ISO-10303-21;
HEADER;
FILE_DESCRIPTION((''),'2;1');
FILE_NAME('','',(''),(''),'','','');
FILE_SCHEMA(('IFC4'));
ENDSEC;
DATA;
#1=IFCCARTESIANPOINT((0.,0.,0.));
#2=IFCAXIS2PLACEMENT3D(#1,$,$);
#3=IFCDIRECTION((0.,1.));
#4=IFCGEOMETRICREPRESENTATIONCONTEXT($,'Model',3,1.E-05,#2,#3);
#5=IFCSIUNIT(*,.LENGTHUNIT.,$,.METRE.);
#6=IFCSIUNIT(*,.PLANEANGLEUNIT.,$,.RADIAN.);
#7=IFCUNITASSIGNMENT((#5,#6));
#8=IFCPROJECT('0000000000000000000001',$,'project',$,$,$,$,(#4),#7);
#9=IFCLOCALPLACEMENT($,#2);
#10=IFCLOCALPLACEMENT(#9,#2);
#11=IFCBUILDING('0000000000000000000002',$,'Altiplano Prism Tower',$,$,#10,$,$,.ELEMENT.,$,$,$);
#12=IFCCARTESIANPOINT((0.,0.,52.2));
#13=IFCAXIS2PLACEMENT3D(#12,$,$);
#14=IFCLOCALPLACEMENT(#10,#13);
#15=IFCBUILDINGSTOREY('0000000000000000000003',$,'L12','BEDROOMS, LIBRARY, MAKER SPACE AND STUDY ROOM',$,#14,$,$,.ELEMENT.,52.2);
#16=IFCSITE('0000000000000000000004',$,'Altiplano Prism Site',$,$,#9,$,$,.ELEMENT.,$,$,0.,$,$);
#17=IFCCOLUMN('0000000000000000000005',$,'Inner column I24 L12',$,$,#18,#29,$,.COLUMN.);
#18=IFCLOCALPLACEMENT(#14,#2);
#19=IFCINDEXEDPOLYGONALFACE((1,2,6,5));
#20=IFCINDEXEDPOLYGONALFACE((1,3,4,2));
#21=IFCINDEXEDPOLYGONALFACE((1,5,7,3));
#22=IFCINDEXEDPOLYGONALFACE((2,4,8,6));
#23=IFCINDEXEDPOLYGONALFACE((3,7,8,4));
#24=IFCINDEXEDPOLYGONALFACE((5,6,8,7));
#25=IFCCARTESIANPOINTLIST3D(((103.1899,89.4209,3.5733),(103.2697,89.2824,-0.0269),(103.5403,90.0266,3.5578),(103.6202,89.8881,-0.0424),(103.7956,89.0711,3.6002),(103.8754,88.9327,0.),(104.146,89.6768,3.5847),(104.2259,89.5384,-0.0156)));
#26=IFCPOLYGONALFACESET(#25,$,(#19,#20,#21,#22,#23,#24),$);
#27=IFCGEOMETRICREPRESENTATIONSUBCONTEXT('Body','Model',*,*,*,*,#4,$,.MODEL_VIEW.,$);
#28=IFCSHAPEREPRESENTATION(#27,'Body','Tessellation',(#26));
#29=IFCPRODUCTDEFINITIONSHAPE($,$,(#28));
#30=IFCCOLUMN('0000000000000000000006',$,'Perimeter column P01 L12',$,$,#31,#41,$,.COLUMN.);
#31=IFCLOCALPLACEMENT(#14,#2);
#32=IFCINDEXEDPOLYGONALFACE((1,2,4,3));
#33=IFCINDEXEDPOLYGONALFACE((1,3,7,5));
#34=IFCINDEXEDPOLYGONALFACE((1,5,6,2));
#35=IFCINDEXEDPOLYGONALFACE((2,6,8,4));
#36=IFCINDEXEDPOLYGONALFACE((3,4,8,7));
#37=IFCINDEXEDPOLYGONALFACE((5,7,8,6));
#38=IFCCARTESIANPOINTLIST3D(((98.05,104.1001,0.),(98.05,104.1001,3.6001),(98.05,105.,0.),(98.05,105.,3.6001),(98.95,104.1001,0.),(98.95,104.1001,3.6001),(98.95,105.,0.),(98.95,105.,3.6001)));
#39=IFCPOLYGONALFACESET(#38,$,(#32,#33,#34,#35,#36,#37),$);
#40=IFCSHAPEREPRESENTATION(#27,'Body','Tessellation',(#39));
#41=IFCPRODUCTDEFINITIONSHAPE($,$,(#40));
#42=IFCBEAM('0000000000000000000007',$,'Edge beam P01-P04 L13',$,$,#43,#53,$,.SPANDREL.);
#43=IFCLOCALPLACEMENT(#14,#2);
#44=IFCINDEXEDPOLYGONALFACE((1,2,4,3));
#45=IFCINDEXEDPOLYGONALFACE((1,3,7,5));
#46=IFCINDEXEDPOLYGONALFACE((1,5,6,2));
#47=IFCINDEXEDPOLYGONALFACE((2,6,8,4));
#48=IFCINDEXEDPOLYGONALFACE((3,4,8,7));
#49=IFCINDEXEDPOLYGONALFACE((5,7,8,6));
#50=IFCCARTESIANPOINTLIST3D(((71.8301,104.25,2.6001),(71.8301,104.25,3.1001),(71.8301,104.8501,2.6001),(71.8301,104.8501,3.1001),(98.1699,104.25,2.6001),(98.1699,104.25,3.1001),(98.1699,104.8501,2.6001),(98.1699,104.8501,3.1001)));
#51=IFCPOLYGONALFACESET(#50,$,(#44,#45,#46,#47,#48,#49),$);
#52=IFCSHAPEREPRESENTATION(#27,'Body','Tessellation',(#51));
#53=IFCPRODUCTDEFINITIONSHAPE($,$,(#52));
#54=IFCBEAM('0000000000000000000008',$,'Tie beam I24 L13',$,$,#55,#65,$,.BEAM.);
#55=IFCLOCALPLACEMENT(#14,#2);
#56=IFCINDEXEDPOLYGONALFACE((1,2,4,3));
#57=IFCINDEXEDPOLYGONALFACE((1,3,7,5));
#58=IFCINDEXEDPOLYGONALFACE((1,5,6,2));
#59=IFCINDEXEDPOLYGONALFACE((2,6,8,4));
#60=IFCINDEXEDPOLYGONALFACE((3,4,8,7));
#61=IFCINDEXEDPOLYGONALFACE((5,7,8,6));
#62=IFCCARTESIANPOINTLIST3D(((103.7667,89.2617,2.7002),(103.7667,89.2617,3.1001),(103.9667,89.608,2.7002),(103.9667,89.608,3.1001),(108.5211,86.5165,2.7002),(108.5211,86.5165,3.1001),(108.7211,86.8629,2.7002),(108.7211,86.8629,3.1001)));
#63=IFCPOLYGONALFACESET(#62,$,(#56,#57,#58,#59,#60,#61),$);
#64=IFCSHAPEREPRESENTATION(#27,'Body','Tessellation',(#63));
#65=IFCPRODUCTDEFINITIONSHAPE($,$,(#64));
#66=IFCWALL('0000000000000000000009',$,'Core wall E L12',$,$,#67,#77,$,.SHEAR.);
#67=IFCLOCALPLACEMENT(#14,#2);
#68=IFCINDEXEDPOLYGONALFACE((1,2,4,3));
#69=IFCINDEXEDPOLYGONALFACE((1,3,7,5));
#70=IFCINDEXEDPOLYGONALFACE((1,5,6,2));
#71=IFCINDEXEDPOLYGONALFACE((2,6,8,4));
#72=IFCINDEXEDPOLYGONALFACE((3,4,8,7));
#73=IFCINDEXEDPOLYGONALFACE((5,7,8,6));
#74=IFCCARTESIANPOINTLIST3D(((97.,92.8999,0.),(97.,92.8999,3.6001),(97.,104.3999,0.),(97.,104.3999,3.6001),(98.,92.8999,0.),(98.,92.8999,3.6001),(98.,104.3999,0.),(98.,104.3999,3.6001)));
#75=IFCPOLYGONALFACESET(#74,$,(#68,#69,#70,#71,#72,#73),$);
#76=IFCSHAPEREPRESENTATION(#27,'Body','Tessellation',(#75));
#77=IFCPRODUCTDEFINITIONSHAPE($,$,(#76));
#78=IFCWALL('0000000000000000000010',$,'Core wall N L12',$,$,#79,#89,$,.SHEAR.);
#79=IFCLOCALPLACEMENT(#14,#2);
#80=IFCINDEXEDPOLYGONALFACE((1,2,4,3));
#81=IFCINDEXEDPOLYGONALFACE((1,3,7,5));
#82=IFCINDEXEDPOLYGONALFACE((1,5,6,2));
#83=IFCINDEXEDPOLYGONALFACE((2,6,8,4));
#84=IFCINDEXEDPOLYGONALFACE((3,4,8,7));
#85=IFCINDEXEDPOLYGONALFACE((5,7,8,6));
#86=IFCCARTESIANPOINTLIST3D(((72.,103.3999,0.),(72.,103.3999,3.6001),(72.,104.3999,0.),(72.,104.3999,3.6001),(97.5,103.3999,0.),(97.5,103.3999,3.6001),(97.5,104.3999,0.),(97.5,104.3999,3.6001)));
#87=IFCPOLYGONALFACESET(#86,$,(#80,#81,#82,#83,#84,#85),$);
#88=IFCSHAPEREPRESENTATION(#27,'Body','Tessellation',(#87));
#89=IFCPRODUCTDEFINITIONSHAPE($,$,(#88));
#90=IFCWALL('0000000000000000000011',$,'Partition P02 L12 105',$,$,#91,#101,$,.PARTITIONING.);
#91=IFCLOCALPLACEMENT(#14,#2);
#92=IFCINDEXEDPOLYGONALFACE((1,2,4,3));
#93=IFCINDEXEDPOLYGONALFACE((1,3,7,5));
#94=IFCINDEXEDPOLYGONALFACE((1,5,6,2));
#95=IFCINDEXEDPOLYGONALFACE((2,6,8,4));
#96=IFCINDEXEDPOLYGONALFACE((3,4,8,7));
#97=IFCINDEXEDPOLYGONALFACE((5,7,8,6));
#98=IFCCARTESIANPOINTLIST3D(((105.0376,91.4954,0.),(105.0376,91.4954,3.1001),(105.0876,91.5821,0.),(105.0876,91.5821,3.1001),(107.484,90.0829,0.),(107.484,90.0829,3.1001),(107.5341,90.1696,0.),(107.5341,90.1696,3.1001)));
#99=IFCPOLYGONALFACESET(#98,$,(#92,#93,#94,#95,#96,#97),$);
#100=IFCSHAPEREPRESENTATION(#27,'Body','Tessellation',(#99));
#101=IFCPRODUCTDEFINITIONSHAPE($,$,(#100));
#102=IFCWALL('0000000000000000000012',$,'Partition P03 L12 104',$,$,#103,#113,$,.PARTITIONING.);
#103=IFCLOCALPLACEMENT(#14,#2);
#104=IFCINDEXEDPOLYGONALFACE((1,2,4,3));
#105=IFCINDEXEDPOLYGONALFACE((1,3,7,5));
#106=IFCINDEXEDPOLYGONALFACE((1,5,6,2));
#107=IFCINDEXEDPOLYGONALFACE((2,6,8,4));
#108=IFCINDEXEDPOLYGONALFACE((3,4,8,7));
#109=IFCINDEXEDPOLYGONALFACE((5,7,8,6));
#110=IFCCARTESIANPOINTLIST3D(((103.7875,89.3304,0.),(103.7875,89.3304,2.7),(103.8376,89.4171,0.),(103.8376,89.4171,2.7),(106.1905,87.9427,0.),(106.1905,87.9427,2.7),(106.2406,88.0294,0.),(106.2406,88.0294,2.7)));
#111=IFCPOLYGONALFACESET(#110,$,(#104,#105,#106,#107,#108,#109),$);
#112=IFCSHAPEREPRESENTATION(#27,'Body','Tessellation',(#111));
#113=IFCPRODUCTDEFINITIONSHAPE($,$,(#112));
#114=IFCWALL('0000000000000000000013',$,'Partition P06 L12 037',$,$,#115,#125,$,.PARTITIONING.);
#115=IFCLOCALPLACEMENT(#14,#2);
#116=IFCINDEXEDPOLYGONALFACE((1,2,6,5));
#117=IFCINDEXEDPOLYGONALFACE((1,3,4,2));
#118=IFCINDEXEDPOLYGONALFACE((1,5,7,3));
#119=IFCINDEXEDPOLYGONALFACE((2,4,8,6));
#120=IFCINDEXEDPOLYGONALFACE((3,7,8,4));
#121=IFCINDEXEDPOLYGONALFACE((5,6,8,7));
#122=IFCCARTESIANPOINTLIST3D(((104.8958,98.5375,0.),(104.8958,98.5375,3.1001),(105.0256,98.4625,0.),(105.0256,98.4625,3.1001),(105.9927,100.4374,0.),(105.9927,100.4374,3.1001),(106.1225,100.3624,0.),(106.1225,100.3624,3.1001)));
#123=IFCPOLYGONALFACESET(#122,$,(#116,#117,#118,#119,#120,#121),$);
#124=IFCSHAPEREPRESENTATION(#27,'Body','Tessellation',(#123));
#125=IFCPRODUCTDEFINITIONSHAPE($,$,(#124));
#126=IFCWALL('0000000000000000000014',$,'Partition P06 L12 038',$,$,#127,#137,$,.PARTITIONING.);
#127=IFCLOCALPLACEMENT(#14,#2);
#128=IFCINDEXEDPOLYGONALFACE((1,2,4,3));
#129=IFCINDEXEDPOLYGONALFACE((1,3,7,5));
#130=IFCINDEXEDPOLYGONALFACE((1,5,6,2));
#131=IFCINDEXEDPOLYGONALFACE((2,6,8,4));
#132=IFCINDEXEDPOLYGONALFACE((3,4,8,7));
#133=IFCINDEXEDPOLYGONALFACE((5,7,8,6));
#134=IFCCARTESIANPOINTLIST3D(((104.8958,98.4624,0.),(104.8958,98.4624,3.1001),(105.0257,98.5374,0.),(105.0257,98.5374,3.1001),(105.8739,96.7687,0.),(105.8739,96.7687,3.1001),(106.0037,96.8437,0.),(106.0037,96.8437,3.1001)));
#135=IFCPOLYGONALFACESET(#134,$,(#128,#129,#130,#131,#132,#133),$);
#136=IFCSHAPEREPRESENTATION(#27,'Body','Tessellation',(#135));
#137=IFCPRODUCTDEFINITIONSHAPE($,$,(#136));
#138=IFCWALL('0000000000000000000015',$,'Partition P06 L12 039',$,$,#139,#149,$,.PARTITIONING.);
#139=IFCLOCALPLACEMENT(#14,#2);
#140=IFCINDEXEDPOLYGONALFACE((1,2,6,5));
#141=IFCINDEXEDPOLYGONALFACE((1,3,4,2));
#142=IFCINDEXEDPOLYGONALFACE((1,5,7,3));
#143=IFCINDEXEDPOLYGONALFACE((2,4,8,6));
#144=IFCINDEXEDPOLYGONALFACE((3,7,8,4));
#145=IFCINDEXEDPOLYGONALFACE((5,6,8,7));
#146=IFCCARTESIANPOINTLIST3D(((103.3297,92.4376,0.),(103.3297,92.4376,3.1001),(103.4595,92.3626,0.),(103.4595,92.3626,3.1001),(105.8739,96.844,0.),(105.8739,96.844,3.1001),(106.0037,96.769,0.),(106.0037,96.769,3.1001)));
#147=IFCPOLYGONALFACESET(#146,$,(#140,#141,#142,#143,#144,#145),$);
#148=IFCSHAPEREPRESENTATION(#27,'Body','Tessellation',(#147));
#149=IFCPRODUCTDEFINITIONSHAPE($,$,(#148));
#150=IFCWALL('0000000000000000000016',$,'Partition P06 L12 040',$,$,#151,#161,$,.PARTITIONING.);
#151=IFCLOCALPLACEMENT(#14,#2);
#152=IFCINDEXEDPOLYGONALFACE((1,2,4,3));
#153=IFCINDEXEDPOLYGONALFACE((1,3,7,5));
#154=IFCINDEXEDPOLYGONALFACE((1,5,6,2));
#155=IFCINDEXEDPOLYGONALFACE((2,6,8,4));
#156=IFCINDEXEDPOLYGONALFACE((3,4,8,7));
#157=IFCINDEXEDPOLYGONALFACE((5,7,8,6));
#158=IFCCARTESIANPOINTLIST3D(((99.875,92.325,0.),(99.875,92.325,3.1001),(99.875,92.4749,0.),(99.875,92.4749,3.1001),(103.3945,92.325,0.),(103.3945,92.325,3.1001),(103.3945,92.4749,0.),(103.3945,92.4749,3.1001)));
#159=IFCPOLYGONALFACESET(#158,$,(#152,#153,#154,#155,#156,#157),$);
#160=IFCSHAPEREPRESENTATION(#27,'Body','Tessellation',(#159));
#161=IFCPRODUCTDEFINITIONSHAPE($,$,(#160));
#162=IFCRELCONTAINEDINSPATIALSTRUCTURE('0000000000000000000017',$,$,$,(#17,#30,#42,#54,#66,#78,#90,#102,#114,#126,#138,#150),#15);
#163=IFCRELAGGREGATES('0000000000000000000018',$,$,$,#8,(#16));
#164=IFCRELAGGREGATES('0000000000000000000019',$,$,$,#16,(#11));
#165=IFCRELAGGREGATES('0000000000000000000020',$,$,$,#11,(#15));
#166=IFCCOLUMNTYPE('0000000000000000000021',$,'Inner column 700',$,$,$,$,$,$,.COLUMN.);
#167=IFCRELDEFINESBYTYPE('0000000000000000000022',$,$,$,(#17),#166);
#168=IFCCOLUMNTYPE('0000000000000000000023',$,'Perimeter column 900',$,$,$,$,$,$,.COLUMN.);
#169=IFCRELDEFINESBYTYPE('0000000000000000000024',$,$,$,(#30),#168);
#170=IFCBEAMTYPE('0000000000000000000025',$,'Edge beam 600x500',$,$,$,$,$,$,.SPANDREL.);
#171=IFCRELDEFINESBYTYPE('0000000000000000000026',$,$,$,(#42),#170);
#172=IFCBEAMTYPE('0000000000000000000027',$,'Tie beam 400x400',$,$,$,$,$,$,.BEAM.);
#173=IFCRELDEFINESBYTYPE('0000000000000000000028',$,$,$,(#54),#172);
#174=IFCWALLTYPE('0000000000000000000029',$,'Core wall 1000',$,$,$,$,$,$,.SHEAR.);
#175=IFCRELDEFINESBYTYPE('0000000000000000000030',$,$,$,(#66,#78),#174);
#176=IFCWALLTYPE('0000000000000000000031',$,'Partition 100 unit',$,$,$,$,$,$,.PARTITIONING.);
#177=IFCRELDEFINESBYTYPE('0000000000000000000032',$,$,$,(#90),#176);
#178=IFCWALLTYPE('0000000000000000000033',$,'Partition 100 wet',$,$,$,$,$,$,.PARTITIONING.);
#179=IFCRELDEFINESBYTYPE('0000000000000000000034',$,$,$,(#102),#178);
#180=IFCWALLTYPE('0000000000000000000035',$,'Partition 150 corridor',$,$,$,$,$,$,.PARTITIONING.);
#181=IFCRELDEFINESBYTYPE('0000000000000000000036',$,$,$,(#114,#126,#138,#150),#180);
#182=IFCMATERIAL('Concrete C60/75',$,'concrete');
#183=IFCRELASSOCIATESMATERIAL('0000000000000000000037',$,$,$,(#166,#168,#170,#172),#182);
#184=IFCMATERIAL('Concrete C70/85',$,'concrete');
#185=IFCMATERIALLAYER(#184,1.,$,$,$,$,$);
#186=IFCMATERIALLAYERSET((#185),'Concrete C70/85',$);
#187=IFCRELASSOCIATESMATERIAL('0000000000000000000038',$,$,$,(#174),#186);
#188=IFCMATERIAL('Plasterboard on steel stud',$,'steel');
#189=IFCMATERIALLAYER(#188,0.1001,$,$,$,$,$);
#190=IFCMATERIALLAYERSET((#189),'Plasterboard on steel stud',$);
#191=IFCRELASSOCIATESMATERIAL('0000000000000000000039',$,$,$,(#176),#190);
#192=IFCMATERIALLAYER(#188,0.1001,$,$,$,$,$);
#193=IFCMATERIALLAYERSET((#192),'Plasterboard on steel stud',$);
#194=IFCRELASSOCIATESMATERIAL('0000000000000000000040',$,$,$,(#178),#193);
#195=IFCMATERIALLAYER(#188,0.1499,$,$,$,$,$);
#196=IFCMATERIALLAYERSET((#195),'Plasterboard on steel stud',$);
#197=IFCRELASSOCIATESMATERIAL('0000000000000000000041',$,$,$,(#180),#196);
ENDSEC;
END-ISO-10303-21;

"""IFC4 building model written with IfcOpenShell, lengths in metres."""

from ifc_helpers import new_model, si_unit, direction, frame, frame_2d, origin, origin_2d, place, context, subcontext, project, spatial, rectangle, extrude, material, layer, layer_set, material_profile, profile_set, type_object, element, save


model = new_model("IFC4")

# Units and contexts
model_context = context("Model", 3, precision=1e-05, world=origin(), true_north=direction((0.0, 1.0)))
body_context = subcontext(model_context, "Body", "Model", "MODEL_VIEW")
ifc_project = project(units=[si_unit("LENGTHUNIT", "METRE"), si_unit("PLANEANGLEUNIT", "RADIAN")], contexts=[model_context])

# Site, building, storey
site_placement = place(None, origin())
site = spatial("IfcSite", under=ifc_project, at=site_placement, Name="Altiplano Prism Site", CompositionType="ELEMENT", RefElevation=0.0)
building_placement = place(site_placement, origin())
building = spatial("IfcBuilding", under=site, at=building_placement, Name="Altiplano Prism Tower", CompositionType="ELEMENT")
storey_placement = place(building_placement, frame((0.0, 0.0, 52.2)))
storey = spatial("IfcBuildingStorey", under=building, at=storey_placement, Name="L12", Description="BEDROOMS, LIBRARY, MAKER SPACE AND STUDY ROOM", CompositionType="ELEMENT", Elevation=52.2)

# Columns
ifc_material_1 = material(Name="Concrete C60/75", Category="concrete")
ifc_material_profile_1 = material_profile(ifc_material_1, rectangle(XDim=0.7, YDim=0.7, at=origin_2d()), Name="Inner column 700")
ifc_profile_set_1 = profile_set([ifc_material_profile_1], Name="Concrete C60/75")
column_type_1 = type_object("IfcColumnType", Name="Inner column 700", PredefinedType="COLUMN", material=ifc_profile_set_1)
column_1_placement = place(storey_placement, frame((103.7478, 89.4104, -0.0212), z_axis=(-0.022154, 0.038413, 0.999016), x_axis=(-0.50066, -0.86536, 0.022172)))
element("IfcColumn", 1, at=column_1_placement, inside=storey, type_object=column_type_1, Name="Inner column I24 L12", PredefinedType="COLUMN", context=body_context, shape_type="SweptSolid", body=[
    extrude(rectangle(XDim=0.7, YDim=0.7, at=origin_2d()), origin(), (0.0, 0.0, 1.0), 3.6038),
])
ifc_material_profile_2 = material_profile(ifc_material_1, rectangle(XDim=0.8999, YDim=0.8999, at=origin_2d()), Name="Perimeter column 900")
ifc_profile_set_2 = profile_set([ifc_material_profile_2], Name="Concrete C60/75")
column_type_2 = type_object("IfcColumnType", Name="Perimeter column 900", PredefinedType="COLUMN", material=ifc_profile_set_2)
column_2_placement = place(storey_placement, frame((98.5, 104.55, 0.0), z_axis=(0.0, 0.0, 1.0), x_axis=(1.0, 0.0, 0.0)))
element("IfcColumn", 2, at=column_2_placement, inside=storey, type_object=column_type_2, Name="Perimeter column P01 L12", PredefinedType="COLUMN", context=body_context, shape_type="SweptSolid", body=[
    extrude(rectangle(XDim=0.8999, YDim=0.8999, at=origin_2d()), origin(), (0.0, 0.0, 1.0), 3.6001),
])

# Beams
ifc_material_profile_3 = material_profile(ifc_material_1, rectangle(XDim=0.6001, YDim=0.5, at=origin_2d()), Name="Edge beam 600x500")
ifc_profile_set_3 = profile_set([ifc_material_profile_3], Name="Concrete C60/75")
beam_type_1 = type_object("IfcBeamType", Name="Edge beam 600x500", PredefinedType="SPANDREL", material=ifc_profile_set_3)
beam_1_placement = place(storey_placement, frame((98.1699, 104.55, 2.8501), z_axis=(-1.0, 0.0, 0.0), x_axis=(0.0, -1.0, 0.0)))
element("IfcBeam", 3, at=beam_1_placement, inside=storey, type_object=beam_type_1, Name="Edge beam P01-P04 L13", PredefinedType="SPANDREL", context=body_context, shape_type="SweptSolid", body=[
    extrude(rectangle(XDim=0.6001, YDim=0.5, at=origin_2d()), origin(), (0.0, 0.0, 1.0), 26.3398),
])
ifc_material_profile_4 = material_profile(ifc_material_1, rectangle(XDim=0.3999, YDim=0.3999, at=origin_2d()), Name="Tie beam 400x400")
ifc_profile_set_4 = profile_set([ifc_material_profile_4], Name="Concrete C60/75")
beam_type_2 = type_object("IfcBeamType", Name="Tie beam 400x400", PredefinedType="BEAM", material=ifc_profile_set_4)
beam_2_placement = place(storey_placement, frame((103.8667, 89.4348, 2.9001), z_axis=(0.866012, -0.500023, 0.0), x_axis=(0.500023, 0.866012, 0.0)))
element("IfcBeam", 4, at=beam_2_placement, inside=storey, type_object=beam_type_2, Name="Tie beam I24 L13", PredefinedType="BEAM", context=body_context, shape_type="SweptSolid", body=[
    extrude(rectangle(XDim=0.3999, YDim=0.3999, at=origin_2d()), origin(), (0.0, 0.0, 1.0), 5.49),
])

# Walls
ifc_material_2 = material(Name="Concrete C70/85", Category="concrete")
ifc_layer_1 = layer(ifc_material_2, 1.0)
ifc_layer_set_1 = layer_set([ifc_layer_1], Name="Concrete C70/85")
wall_type_1 = type_object("IfcWallType", Name="Core wall 1000", PredefinedType="SHEAR", material=ifc_layer_set_1)
wall_1_placement = place(storey_placement, frame((97.5, 92.8999, 0.0), z_axis=(0.0, 0.0, 1.0), x_axis=(0.0, 1.0, 0.0)))
element("IfcWall", 5, at=wall_1_placement, inside=storey, type_object=wall_type_1, Name="Core wall E L12", PredefinedType="SHEAR", context=body_context, shape_type="SweptSolid", body=[
    extrude(rectangle(XDim=11.5, YDim=1.0, at=frame_2d((5.75, 0.0))), origin(), (0.0, 0.0, 1.0), 3.6001),
])
wall_2_placement = place(storey_placement, frame((97.5, 103.8999, 0.0), z_axis=(0.0, 0.0, 1.0), x_axis=(-1.0, 0.0, 0.0)))
element("IfcWall", 6, at=wall_2_placement, inside=storey, type_object=wall_type_1, Name="Core wall N L12", PredefinedType="SHEAR", context=body_context, shape_type="SweptSolid", body=[
    extrude(rectangle(XDim=25.5, YDim=1.0, at=frame_2d((12.75, 0.0))), origin(), (0.0, 0.0, 1.0), 3.6001),
])
ifc_material_3 = material(Name="Plasterboard on steel stud", Category="steel")
ifc_layer_2 = layer(ifc_material_3, 0.1001)
ifc_layer_set_2 = layer_set([ifc_layer_2], Name="Plasterboard on steel stud")
wall_type_2 = type_object("IfcWallType", Name="Partition 100 unit", PredefinedType="PARTITIONING", material=ifc_layer_set_2)
wall_3_placement = place(storey_placement, frame((105.0625, 91.5388, 0.0), z_axis=(0.0, 0.0, 1.0), x_axis=(0.866011, -0.500024, 0.0)))
element("IfcWall", 7, at=wall_3_placement, inside=storey, type_object=wall_type_2, Name="Partition P02 L12 105", PredefinedType="PARTITIONING", context=body_context, shape_type="SweptSolid", body=[
    extrude(rectangle(XDim=2.825, YDim=0.1001, at=frame_2d((1.4126, 0.0))), origin(), (0.0, 0.0, 1.0), 3.1001),
])
ifc_layer_3 = layer(ifc_material_3, 0.1001)
ifc_layer_set_3 = layer_set([ifc_layer_3], Name="Plasterboard on steel stud")
wall_type_3 = type_object("IfcWallType", Name="Partition 100 wet", PredefinedType="PARTITIONING", material=ifc_layer_set_3)
wall_4_placement = place(storey_placement, frame((106.2156, 87.9861, 0.0), z_axis=(0.0, 0.0, 1.0), x_axis=(-0.865982, 0.500075, 0.0)))
element("IfcWall", 8, at=wall_4_placement, inside=storey, type_object=wall_type_3, Name="Partition P03 L12 104", PredefinedType="PARTITIONING", context=body_context, shape_type="SweptSolid", body=[
    extrude(rectangle(XDim=2.7749, YDim=0.1001, at=frame_2d((1.3875, 0.0))), origin(), (0.0, 0.0, 1.0), 2.7),
])
ifc_layer_4 = layer(ifc_material_3, 0.1499)
ifc_layer_set_4 = layer_set([ifc_layer_4], Name="Plasterboard on steel stud")
wall_type_4 = type_object("IfcWallType", Name="Partition 150 corridor", PredefinedType="PARTITIONING", material=ifc_layer_set_4)
wall_5_placement = place(storey_placement, frame((106.0576, 100.3999, 0.0), z_axis=(0.0, 0.0, 1.0), x_axis=(-0.500005, -0.866023, 0.0)))
element("IfcWall", 9, at=wall_5_placement, inside=storey, type_object=wall_type_4, Name="Partition P06 L12 037", PredefinedType="PARTITIONING", context=body_context, shape_type="SweptSolid", body=[
    extrude(rectangle(XDim=2.1938, YDim=0.1499, at=frame_2d((1.0969, 0.0))), origin(), (0.0, 0.0, 1.0), 3.1001),
])
wall_6_placement = place(storey_placement, frame((104.9607, 98.5, 0.0), z_axis=(0.0, 0.0, 1.0), x_axis=(0.500086, -0.865976, 0.0)))
element("IfcWall", 10, at=wall_6_placement, inside=storey, type_object=wall_type_4, Name="Partition P06 L12 038", PredefinedType="PARTITIONING", context=body_context, shape_type="SweptSolid", body=[
    extrude(rectangle(XDim=1.9558, YDim=0.1499, at=frame_2d((0.978, 0.0))), origin(), (0.0, 0.0, 1.0), 3.1001),
])
wall_7_placement = place(storey_placement, frame((105.9387, 96.8064, 0.0), z_axis=(0.0, 0.0, 1.0), x_axis=(-0.500015, -0.866017, 0.0)))
element("IfcWall", 11, at=wall_7_placement, inside=storey, type_object=wall_type_4, Name="Partition P06 L12 039", PredefinedType="PARTITIONING", context=body_context, shape_type="SweptSolid", body=[
    extrude(rectangle(XDim=5.0881, YDim=0.1499, at=frame_2d((2.5439, 0.0))), origin(), (0.0, 0.0, 1.0), 3.1001),
])
wall_8_placement = place(storey_placement, frame((103.3945, 92.3999, 0.0), z_axis=(0.0, 0.0, 1.0), x_axis=(-1.0, 0.0, 0.0)))
element("IfcWall", 12, at=wall_8_placement, inside=storey, type_object=wall_type_4, Name="Partition P06 L12 040", PredefinedType="PARTITIONING", context=body_context, shape_type="SweptSolid", body=[
    extrude(rectangle(XDim=3.5195, YDim=0.1499, at=frame_2d((1.7598, 0.0))), origin(), (0.0, 0.0, 1.0), 3.1001),
])

save(model, "model.ifc")
